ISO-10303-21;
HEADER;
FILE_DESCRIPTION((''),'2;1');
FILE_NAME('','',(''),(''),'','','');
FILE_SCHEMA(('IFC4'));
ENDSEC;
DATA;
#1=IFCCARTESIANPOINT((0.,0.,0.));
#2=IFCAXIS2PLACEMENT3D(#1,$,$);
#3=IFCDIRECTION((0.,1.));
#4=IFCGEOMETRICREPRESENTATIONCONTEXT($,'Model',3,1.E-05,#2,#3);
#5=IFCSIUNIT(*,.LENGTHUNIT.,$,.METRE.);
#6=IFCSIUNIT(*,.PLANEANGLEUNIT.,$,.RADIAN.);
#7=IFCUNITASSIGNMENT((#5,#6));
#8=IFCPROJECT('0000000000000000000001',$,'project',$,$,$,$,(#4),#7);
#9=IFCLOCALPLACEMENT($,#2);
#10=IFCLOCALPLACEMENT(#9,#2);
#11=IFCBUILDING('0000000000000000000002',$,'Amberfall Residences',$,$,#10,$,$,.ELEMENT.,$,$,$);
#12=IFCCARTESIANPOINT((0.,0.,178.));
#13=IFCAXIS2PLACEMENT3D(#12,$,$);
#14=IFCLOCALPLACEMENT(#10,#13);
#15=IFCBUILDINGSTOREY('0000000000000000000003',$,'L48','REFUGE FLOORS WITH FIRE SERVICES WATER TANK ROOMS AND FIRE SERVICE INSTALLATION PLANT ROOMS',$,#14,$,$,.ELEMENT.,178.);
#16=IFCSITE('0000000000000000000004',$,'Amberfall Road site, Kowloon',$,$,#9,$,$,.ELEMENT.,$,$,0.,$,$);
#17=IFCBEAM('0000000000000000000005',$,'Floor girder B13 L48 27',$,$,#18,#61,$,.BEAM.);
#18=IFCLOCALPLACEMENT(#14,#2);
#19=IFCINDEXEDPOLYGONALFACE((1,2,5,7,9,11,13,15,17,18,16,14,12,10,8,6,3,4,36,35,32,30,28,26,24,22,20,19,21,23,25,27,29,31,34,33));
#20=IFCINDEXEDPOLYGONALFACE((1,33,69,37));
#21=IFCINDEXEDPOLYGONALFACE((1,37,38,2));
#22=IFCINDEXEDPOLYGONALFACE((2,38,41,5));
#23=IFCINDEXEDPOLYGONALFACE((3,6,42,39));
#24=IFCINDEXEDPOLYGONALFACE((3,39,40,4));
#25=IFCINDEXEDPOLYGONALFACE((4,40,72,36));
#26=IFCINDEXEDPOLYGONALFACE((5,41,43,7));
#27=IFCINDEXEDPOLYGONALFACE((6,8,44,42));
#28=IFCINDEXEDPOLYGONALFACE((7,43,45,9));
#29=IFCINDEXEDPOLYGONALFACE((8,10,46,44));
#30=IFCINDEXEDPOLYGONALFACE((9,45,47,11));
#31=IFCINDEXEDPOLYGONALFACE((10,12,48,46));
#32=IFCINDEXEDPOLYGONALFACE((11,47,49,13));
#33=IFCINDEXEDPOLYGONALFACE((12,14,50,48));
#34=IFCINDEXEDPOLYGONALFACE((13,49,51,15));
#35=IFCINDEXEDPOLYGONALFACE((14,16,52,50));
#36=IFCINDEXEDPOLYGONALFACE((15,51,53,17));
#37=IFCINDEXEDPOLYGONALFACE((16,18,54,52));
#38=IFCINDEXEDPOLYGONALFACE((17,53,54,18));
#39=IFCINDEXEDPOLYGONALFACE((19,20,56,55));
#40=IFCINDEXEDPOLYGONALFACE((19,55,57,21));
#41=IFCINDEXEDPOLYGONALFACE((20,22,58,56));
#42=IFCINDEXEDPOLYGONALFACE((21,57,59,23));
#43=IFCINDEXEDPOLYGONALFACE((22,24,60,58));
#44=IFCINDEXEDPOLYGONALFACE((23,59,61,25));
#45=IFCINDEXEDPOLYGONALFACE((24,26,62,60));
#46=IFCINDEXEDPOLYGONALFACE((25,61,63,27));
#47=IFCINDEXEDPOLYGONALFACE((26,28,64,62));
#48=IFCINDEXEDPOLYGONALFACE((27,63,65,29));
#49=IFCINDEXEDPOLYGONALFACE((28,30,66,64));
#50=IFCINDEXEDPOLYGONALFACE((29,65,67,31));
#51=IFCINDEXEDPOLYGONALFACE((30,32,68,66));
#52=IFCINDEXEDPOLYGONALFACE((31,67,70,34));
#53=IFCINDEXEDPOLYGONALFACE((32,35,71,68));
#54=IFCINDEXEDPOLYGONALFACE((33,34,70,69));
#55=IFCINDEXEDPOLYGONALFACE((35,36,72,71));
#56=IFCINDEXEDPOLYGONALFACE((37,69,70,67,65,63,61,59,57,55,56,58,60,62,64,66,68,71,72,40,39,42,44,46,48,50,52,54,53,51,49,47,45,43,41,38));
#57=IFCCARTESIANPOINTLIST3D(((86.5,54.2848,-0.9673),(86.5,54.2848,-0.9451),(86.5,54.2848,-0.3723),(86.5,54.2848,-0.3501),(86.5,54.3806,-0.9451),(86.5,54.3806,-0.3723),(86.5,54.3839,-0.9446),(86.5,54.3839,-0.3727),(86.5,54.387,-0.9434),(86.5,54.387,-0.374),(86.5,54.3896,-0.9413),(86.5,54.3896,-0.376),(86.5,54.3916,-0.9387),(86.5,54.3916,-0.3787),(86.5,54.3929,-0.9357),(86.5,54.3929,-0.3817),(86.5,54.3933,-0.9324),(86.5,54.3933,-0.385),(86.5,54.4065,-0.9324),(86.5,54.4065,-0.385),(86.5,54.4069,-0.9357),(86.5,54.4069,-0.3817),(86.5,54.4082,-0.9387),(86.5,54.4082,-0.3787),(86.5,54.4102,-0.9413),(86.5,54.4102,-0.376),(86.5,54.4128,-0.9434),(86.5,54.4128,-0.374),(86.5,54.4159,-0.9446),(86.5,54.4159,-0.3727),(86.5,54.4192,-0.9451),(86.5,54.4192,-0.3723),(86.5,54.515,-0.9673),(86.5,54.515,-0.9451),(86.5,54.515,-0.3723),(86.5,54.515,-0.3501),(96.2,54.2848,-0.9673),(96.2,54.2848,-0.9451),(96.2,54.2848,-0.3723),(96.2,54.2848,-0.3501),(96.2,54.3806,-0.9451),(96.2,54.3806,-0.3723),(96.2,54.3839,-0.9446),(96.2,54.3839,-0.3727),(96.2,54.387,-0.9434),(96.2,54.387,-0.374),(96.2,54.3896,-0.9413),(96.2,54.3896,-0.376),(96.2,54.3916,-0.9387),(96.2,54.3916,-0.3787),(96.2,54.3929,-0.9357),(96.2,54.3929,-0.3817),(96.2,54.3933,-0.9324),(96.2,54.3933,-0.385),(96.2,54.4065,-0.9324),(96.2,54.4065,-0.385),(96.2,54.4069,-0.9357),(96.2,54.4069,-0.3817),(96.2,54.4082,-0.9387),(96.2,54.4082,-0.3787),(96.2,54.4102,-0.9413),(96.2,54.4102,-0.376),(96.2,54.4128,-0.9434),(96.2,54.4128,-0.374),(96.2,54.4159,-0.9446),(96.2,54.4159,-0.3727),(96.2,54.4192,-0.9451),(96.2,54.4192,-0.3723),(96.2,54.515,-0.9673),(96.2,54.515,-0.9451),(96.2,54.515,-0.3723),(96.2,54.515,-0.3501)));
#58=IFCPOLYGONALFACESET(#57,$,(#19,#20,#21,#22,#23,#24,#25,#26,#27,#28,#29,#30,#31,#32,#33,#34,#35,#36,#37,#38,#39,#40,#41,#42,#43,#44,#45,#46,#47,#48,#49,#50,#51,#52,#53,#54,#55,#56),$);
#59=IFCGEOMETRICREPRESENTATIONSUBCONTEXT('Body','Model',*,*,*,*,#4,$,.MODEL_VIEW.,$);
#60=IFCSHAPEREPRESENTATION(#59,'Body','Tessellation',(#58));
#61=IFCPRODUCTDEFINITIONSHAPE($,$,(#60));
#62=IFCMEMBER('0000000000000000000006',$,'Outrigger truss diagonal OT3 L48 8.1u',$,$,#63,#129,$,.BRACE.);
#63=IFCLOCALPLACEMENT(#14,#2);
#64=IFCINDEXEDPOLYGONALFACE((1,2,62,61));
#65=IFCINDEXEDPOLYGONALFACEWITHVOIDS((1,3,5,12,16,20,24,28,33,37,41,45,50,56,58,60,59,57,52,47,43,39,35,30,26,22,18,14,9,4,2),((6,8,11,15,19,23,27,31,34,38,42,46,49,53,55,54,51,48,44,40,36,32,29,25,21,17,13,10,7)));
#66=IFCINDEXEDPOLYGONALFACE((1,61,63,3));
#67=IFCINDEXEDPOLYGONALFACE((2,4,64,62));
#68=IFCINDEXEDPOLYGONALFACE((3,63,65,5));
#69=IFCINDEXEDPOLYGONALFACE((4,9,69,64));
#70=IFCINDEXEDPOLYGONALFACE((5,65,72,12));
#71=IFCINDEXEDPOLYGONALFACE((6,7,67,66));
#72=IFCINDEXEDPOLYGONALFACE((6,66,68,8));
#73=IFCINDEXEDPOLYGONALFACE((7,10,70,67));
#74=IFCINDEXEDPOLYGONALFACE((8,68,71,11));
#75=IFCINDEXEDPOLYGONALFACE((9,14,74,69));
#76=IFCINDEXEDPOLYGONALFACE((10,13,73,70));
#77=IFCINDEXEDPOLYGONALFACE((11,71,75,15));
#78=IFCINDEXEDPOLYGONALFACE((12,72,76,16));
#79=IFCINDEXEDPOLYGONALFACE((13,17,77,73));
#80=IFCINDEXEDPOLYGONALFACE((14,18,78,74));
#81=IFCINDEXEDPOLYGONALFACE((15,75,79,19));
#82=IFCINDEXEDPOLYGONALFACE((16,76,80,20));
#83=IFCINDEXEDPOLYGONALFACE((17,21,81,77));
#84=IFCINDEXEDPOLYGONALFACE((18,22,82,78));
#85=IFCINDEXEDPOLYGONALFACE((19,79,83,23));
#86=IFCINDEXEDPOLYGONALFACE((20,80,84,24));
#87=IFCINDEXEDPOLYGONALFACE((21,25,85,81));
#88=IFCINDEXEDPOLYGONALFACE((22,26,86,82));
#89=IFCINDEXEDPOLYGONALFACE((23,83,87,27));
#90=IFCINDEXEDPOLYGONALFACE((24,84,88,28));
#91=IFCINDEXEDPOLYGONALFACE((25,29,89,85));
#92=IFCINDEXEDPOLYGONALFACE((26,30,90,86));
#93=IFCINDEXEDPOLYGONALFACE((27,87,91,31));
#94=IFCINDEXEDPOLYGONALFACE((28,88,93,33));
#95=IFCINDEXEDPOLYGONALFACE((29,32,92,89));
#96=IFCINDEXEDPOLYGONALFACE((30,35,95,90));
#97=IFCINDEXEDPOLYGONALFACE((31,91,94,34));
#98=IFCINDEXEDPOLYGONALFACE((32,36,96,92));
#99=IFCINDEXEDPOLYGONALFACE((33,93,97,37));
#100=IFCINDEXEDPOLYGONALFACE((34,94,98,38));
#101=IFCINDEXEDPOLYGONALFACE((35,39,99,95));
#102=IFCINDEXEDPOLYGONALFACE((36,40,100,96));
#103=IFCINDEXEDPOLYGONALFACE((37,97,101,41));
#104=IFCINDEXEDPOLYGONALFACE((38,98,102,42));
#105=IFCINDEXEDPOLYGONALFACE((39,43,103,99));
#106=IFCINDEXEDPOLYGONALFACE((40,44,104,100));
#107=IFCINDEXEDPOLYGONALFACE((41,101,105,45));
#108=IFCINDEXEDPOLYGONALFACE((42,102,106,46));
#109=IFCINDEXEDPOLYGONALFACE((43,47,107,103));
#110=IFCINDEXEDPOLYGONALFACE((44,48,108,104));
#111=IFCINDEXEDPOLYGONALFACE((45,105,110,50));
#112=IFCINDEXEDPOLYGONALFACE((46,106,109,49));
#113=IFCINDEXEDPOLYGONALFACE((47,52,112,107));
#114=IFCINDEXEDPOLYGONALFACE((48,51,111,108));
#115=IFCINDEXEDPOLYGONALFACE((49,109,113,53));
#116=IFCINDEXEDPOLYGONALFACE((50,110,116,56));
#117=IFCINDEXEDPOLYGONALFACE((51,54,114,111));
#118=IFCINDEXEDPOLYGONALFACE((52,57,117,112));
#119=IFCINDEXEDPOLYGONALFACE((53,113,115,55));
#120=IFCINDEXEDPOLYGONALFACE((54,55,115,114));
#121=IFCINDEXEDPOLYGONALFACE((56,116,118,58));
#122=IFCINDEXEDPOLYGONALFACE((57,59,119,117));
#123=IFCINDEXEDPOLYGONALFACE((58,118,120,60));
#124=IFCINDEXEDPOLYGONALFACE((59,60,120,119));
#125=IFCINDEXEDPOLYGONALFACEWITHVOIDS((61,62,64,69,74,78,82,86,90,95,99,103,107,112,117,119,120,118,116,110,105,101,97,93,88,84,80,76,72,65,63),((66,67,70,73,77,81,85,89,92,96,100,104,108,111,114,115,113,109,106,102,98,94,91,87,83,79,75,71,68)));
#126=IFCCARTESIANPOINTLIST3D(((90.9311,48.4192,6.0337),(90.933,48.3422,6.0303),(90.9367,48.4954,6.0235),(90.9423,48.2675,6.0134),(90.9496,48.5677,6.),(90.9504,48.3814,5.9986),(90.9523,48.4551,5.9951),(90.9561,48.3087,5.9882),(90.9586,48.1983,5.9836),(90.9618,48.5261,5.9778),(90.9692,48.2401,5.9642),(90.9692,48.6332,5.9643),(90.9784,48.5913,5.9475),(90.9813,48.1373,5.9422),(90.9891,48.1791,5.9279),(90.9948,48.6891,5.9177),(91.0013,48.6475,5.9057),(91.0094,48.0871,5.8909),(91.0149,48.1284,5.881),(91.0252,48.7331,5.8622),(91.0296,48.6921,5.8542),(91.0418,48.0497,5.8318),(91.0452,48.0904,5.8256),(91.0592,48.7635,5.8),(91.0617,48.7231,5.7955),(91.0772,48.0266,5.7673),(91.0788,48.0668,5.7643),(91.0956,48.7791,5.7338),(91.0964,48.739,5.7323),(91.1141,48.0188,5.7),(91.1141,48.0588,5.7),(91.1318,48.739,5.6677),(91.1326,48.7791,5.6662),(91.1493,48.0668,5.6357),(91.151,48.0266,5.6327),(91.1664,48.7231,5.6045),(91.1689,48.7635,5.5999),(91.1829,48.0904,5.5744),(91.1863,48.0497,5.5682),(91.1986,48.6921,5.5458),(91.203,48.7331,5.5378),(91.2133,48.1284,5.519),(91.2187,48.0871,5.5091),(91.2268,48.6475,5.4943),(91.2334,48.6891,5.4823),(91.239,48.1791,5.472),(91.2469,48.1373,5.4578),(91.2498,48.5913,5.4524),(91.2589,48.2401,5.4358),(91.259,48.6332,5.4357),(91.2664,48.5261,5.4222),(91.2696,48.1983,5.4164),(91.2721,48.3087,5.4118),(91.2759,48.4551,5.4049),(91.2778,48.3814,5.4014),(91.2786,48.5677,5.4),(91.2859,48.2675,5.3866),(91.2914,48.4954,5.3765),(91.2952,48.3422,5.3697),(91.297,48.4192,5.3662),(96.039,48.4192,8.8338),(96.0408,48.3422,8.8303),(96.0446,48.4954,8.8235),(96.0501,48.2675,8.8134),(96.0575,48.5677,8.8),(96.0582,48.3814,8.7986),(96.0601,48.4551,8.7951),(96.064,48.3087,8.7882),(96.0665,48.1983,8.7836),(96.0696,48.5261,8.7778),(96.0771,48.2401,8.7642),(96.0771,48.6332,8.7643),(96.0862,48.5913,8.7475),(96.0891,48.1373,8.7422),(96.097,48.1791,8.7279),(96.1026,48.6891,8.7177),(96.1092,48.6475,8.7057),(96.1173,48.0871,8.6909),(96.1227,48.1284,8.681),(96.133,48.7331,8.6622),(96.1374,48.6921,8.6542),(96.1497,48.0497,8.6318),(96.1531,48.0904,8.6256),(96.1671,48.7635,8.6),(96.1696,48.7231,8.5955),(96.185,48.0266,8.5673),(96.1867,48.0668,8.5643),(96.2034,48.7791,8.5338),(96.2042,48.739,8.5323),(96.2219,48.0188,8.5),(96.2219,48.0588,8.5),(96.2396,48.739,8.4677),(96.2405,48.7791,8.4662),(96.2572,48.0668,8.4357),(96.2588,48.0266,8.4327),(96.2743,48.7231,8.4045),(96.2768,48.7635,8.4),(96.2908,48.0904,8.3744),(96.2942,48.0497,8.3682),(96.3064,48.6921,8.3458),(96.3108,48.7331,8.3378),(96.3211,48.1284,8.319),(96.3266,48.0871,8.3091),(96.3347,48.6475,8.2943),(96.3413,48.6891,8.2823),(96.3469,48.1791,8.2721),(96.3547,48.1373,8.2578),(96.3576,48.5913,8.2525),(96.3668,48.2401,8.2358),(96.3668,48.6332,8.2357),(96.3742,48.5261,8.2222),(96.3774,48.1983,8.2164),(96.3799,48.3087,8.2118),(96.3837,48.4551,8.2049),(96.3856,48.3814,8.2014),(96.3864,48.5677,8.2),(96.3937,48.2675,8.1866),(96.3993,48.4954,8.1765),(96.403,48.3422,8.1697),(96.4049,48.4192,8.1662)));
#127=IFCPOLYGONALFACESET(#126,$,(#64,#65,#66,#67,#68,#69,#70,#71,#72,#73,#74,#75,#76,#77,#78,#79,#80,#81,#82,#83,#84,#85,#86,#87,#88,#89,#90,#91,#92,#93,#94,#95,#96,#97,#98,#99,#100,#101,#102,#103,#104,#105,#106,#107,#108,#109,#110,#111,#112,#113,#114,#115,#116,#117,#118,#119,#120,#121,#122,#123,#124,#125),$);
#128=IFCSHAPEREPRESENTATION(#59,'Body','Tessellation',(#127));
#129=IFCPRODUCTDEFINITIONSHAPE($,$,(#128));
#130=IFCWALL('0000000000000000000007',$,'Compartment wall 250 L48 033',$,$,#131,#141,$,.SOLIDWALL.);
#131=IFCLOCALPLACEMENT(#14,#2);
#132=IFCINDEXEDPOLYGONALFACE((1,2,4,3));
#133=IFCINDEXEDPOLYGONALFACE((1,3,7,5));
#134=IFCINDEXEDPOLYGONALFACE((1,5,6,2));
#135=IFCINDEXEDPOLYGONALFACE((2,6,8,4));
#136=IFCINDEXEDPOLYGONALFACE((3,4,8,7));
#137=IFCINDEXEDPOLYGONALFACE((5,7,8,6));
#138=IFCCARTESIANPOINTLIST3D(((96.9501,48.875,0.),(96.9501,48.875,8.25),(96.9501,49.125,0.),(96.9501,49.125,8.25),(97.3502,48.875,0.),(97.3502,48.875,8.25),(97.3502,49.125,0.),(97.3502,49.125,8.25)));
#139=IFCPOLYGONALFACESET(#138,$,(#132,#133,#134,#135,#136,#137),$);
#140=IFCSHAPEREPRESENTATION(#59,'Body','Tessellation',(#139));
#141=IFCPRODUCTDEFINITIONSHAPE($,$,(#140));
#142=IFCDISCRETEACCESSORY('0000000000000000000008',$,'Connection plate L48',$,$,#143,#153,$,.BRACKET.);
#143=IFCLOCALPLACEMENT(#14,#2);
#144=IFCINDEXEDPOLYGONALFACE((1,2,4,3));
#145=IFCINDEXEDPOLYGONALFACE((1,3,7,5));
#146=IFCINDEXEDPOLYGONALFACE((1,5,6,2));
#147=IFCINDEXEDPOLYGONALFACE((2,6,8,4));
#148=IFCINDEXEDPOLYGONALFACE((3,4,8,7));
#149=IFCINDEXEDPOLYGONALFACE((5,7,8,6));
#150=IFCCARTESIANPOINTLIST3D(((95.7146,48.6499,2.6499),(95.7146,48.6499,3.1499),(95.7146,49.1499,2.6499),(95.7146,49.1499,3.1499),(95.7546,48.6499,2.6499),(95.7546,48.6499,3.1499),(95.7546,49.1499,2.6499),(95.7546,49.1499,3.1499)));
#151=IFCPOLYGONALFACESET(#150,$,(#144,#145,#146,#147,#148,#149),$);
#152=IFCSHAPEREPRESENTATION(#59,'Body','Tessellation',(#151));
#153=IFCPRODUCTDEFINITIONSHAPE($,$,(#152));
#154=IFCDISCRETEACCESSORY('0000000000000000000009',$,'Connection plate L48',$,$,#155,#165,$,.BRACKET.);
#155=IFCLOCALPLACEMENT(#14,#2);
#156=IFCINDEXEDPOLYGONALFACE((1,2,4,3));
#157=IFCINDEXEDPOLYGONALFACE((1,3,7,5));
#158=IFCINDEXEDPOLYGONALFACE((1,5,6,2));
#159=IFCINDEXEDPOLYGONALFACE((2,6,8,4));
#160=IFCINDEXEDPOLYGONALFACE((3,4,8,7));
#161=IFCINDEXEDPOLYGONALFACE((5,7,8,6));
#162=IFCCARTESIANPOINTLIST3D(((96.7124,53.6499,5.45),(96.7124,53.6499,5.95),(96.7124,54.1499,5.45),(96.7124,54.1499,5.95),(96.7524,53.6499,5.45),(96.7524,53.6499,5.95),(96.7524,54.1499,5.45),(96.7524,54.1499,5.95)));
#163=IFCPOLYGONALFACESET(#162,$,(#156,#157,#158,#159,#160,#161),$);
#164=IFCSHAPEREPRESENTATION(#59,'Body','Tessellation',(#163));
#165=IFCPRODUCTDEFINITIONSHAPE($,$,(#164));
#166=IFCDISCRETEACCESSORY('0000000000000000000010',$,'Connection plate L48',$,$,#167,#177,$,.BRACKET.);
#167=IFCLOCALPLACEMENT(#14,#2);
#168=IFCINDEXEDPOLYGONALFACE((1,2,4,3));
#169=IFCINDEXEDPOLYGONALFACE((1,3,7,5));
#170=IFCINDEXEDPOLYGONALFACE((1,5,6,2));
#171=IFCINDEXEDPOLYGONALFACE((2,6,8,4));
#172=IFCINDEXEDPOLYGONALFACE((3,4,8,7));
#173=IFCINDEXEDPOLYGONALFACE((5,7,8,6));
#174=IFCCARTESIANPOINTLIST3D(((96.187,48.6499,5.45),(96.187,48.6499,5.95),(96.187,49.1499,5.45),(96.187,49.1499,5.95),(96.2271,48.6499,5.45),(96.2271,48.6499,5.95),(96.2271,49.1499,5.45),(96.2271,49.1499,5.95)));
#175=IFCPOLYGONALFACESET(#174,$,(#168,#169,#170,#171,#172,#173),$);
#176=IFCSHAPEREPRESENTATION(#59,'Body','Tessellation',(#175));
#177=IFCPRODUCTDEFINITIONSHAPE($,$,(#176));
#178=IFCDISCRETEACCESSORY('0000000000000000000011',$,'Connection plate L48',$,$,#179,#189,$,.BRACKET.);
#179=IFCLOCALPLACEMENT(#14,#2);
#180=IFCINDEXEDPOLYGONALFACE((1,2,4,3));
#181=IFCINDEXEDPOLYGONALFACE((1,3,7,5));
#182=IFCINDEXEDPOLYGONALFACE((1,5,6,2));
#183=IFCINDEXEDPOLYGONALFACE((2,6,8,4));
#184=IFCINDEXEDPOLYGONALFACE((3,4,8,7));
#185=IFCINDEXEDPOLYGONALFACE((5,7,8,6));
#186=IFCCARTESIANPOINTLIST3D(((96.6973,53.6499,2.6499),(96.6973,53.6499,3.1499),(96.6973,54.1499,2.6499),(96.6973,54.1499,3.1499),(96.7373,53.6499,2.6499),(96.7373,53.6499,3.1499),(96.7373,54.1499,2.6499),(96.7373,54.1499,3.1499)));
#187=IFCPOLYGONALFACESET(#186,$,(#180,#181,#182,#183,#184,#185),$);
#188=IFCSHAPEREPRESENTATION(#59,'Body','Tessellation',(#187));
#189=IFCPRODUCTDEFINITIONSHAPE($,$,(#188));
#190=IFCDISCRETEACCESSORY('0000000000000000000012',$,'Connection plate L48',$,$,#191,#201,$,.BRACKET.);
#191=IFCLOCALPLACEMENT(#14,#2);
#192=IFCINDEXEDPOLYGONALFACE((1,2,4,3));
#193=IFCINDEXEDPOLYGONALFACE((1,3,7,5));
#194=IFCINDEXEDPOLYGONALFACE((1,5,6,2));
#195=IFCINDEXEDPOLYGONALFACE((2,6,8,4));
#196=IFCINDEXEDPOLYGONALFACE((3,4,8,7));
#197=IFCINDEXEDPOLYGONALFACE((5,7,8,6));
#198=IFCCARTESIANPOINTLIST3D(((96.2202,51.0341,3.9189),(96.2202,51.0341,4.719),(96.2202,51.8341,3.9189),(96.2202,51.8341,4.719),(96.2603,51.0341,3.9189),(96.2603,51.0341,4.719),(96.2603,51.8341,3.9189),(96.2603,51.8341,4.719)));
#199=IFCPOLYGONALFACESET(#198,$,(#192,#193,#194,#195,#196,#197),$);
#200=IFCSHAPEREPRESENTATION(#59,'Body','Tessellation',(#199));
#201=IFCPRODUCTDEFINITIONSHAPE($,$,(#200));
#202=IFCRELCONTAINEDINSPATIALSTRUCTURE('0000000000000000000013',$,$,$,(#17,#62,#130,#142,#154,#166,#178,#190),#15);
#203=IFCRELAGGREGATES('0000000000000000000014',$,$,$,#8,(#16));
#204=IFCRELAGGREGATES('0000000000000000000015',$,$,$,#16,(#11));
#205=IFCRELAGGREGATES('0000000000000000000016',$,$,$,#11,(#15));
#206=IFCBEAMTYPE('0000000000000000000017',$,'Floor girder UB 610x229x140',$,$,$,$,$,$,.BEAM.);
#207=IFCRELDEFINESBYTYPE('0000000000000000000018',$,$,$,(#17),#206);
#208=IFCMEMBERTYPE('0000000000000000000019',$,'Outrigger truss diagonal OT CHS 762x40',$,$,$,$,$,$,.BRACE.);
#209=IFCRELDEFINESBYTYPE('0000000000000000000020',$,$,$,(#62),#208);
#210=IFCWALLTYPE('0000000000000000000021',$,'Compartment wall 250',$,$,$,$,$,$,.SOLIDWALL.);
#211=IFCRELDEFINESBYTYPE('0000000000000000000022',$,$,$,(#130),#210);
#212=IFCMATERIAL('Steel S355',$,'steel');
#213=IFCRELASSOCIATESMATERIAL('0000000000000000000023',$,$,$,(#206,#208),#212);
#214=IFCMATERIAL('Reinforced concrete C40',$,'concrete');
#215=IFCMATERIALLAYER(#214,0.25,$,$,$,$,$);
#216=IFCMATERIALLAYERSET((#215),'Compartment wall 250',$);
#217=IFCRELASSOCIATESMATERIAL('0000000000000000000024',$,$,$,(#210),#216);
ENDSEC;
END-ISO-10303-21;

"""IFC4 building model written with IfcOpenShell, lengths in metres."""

from ifc_helpers import new_model, si_unit, direction, frame, frame_2d, origin, origin_2d, place, context, subcontext, project, spatial, rectangle, hollow_circle, i_section, extrude, material, layer, layer_set, material_profile, profile_set, type_object, element, save


model = new_model("IFC4")

# Units and contexts
model_context = context("Model", 3, precision=1e-05, world=origin(), true_north=direction((0.0, 1.0)))
body_context = subcontext(model_context, "Body", "Model", "MODEL_VIEW")
ifc_project = project(units=[si_unit("LENGTHUNIT", "METRE"), si_unit("PLANEANGLEUNIT", "RADIAN")], contexts=[model_context])

# Site, building, storey
site_placement = place(None, origin())
site = spatial("IfcSite", under=ifc_project, at=site_placement, Name="Amberfall Road site, Kowloon", CompositionType="ELEMENT", RefElevation=0.0)
building_placement = place(site_placement, origin())
building = spatial("IfcBuilding", under=site, at=building_placement, Name="Amberfall Residences", CompositionType="ELEMENT")
storey_placement = place(building_placement, frame((0.0, 0.0, 178.0)))
storey = spatial("IfcBuildingStorey", under=building, at=storey_placement, Name="L48", Description="REFUGE FLOORS WITH FIRE SERVICES WATER TANK ROOMS AND FIRE SERVICE INSTALLATION PLANT ROOMS", CompositionType="ELEMENT", Elevation=178.0)

# Shared definitions
ifc_material_1 = material(Name="Steel S355", Category="steel")

# Beam
ifc_material_profile_1 = material_profile(ifc_material_1, i_section(OverallWidth=0.2302, OverallDepth=0.6172, WebThickness=0.0132, FlangeThickness=0.0222, FilletRadius=0.0127, at=origin_2d()), Name="UB 610x229x140")
ifc_profile_set_1 = profile_set([ifc_material_profile_1], Name="Steel S355")
beam_type_1 = type_object("IfcBeamType", Name="Floor girder UB 610x229x140", PredefinedType="BEAM", material=ifc_profile_set_1)
beam_1_placement = place(storey_placement, frame((96.2, 54.3999, -0.6587), z_axis=(-1.0, 0.0, 0.0), x_axis=(0.0, -1.0, 0.0)))
element("IfcBeam", 1, at=beam_1_placement, inside=storey, type_object=beam_type_1, Name="Floor girder B13 L48 27", PredefinedType="BEAM", context=body_context, shape_type="SweptSolid", body=[
    extrude(i_section(OverallWidth=0.2302, OverallDepth=0.6172, WebThickness=0.0132, FlangeThickness=0.0222, FilletRadius=0.0127, at=origin_2d()), origin(), (0.0, 0.0, 1.0), 9.7),
])

# Member
ifc_material_profile_2 = material_profile(ifc_material_1, hollow_circle(Radius=0.3811, WallThickness=0.04, at=origin_2d()), Name="CHS 762x40")
ifc_profile_set_2 = profile_set([ifc_material_profile_2], Name="Steel S355")
member_type_1 = type_object("IfcMemberType", Name="Outrigger truss diagonal OT CHS 762x40", PredefinedType="BRACE", material=ifc_profile_set_2)
member_1_placement = place(storey_placement, frame((96.2219, 48.3999, 8.5), z_axis=(-0.876889, 0.0, -0.480692), x_axis=(0.0, -1.0, 0.0)))
element("IfcMember", 2, at=member_1_placement, inside=storey, type_object=member_type_1, Name="Outrigger truss diagonal OT3 L48 8.1u", PredefinedType="BRACE", context=body_context, shape_type="SweptSolid", body=[
    extrude(hollow_circle(Radius=0.3811, WallThickness=0.04, at=origin_2d()), origin(), (0.0, 0.0, 1.0), 5.825),
])

# Wall
ifc_material_2 = material(Name="Reinforced concrete C40", Category="concrete")
ifc_layer = layer(ifc_material_2, 0.25)
ifc_layer_set = layer_set([ifc_layer], Name="Compartment wall 250")
wall_type = type_object("IfcWallType", Name="Compartment wall 250", PredefinedType="SOLIDWALL", material=ifc_layer_set)
wall_placement = place(storey_placement, frame((96.95, 49.0, 0.0), z_axis=(0.0, 0.0, 1.0), x_axis=(1.0, 0.0, 0.0)))
element("IfcWall", 3, at=wall_placement, inside=storey, type_object=wall_type, Name="Compartment wall 250 L48 033", PredefinedType="SOLIDWALL", context=body_context, shape_type="SweptSolid", body=[
    extrude(rectangle(XDim=0.4001, YDim=0.25, at=frame_2d((0.2002, 0.0))), origin(), (0.0, 0.0, 1.0), 8.25),
])

# Discrete accessories
for number, where, z_axis, x_axis, name in (
    (4, (95.7346, 48.8999, 2.6499), (0.0, 0.0, 1.0), (0.0, 1.0, 0.0), "Connection plate L48"),
    (5, (96.7324, 53.8999, 5.45), (0.0, 0.0, 1.0), (0.0, 1.0, 0.0), "Connection plate L48"),
    (6, (96.207, 48.8999, 5.45), (0.0, 0.0, 1.0), (0.0, 1.0, 0.0), "Connection plate L48"),
    (7, (96.7173, 53.8999, 2.6499), (0.0, 0.0, 1.0), (0.0, 1.0, 0.0), "Connection plate L48"),
):
    element("IfcDiscreteAccessory", number, at=place(storey_placement, frame(where, z_axis=z_axis, x_axis=x_axis)), inside=storey, Name=name, PredefinedType="BRACKET", context=body_context, shape_type="SweptSolid", body=[
        extrude(rectangle(XDim=0.5, YDim=0.04, at=origin_2d()), origin(), (0.0, 0.0, 1.0), 0.5),
    ])
discrete_accessory_1_placement = place(storey_placement, frame((96.2402, 51.4341, 3.9189), z_axis=(0.0, 0.0, 1.0), x_axis=(0.0, 1.0, 0.0)))
element("IfcDiscreteAccessory", 8, at=discrete_accessory_1_placement, inside=storey, Name="Connection plate L48", PredefinedType="BRACKET", context=body_context, shape_type="SweptSolid", body=[
    extrude(rectangle(XDim=0.8, YDim=0.04, at=origin_2d()), origin(), (0.0, 0.0, 1.0), 0.8),
])

save(model, "model.ifc")
